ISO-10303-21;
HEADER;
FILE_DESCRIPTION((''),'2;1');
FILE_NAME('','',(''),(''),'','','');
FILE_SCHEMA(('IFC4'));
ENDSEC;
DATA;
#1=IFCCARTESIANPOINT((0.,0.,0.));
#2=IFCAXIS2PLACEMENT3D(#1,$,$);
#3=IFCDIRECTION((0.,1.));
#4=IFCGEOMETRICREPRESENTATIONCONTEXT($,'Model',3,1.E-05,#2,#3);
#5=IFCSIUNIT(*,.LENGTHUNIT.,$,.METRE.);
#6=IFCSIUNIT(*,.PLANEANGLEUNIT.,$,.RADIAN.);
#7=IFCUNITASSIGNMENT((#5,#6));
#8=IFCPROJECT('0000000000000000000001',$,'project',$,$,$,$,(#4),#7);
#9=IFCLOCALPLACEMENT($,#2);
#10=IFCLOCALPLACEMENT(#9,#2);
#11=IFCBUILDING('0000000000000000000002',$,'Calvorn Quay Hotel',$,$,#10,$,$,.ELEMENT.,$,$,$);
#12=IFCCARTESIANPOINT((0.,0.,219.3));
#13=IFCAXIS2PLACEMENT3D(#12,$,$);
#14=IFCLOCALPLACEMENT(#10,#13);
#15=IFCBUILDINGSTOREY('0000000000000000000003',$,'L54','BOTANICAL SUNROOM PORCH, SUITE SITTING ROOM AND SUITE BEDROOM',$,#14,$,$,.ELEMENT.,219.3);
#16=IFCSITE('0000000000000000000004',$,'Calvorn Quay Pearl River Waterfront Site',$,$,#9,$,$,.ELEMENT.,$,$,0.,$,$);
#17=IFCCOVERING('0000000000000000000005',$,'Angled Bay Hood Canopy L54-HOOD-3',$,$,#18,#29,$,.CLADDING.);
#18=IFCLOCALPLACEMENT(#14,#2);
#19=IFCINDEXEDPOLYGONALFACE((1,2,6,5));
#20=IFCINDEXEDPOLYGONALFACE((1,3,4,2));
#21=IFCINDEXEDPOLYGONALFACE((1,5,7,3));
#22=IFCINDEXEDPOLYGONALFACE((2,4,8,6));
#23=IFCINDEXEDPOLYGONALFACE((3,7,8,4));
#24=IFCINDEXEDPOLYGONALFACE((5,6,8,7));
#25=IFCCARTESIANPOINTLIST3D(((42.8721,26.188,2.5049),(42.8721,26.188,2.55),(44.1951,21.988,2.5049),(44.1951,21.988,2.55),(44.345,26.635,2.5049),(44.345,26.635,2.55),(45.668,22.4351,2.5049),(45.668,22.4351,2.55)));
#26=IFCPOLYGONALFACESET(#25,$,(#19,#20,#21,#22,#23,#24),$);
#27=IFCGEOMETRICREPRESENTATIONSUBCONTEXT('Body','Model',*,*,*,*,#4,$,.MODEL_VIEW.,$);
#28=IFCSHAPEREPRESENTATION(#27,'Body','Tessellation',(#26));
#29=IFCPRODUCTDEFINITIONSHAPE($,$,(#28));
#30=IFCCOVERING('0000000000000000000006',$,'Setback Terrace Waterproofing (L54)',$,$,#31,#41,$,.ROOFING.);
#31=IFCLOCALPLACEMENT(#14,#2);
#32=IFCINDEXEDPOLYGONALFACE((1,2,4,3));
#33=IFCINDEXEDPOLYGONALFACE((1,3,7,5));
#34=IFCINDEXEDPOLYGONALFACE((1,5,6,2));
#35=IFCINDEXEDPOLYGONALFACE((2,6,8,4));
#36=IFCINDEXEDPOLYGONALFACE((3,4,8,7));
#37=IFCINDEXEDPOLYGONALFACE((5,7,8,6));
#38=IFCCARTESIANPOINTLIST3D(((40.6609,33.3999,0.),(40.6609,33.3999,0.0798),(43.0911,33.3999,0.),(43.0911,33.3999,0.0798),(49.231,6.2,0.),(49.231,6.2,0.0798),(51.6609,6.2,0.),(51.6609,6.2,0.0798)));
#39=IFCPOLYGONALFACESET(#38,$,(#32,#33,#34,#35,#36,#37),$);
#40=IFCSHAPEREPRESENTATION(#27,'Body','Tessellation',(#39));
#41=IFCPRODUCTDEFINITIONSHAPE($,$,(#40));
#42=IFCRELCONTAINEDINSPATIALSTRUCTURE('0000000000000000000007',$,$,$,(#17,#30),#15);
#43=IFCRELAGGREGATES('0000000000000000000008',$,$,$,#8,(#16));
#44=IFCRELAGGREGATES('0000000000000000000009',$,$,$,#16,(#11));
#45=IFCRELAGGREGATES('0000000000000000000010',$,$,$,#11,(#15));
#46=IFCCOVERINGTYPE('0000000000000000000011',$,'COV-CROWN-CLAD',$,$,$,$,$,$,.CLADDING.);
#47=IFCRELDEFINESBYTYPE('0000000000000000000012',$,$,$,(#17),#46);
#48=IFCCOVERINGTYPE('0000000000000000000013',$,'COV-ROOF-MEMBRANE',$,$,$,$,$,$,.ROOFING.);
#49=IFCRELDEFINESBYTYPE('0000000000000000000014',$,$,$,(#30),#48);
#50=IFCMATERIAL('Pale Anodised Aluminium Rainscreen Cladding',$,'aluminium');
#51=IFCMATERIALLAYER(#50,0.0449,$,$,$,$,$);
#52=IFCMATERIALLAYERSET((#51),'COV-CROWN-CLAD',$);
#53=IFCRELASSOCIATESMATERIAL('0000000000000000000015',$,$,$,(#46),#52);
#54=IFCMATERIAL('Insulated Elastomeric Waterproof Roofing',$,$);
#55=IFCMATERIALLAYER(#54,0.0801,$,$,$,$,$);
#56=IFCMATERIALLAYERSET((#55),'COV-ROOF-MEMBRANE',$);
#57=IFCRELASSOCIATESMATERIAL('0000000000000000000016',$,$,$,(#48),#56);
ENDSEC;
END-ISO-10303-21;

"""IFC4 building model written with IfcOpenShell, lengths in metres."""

from ifc_helpers import new_model, si_unit, direction, frame, origin, place, context, subcontext, project, spatial, polyline, outline, extrude, material, layer, layer_set, type_object, element, save


model = new_model("IFC4")

# Units and contexts
model_context = context("Model", 3, precision=1e-05, world=origin(), true_north=direction((0.0, 1.0)))
body_context = subcontext(model_context, "Body", "Model", "MODEL_VIEW")
ifc_project = project(units=[si_unit("LENGTHUNIT", "METRE"), si_unit("PLANEANGLEUNIT", "RADIAN")], contexts=[model_context])

# Site, building, storey
site_placement = place(None, origin())
site = spatial("IfcSite", under=ifc_project, at=site_placement, Name="Calvorn Quay Pearl River Waterfront Site", CompositionType="ELEMENT", RefElevation=0.0)
building_placement = place(site_placement, origin())
building = spatial("IfcBuilding", under=site, at=building_placement, Name="Calvorn Quay Hotel", CompositionType="ELEMENT")
storey_placement = place(building_placement, frame((0.0, 0.0, 219.3)))
storey = spatial("IfcBuildingStorey", under=building, at=storey_placement, Name="L54", Description="BOTANICAL SUNROOM PORCH, SUITE SITTING ROOM AND SUITE BEDROOM", CompositionType="ELEMENT", Elevation=219.3)

# Coverings
ifc_material_1 = material(Name="Pale Anodised Aluminium Rainscreen Cladding", Category="aluminium")
ifc_layer_1 = layer(ifc_material_1, 0.0449)
ifc_layer_set_1 = layer_set([ifc_layer_1], Name="COV-CROWN-CLAD")
covering_type_1 = type_object("IfcCoveringType", Name="COV-CROWN-CLAD", PredefinedType="CLADDING", material=ifc_layer_set_1)
covering_1_placement = place(storey_placement, frame((0.0, 0.0, 2.5049)))
element("IfcCovering", 1, at=covering_1_placement, inside=storey, type_object=covering_type_1, Name="Angled Bay Hood Canopy L54-HOOD-3", PredefinedType="CLADDING", context=body_context, shape_type="SweptSolid", body=[
    extrude(outline(polyline([(42.8721, 26.188), (44.345, 26.635), (45.668, 22.4351), (44.1951, 21.988), (42.8721, 26.188)])), origin(), (0.0, 0.0, 1.0), 0.0452),
])
ifc_material_2 = material(Name="Insulated Elastomeric Waterproof Roofing")
ifc_layer_2 = layer(ifc_material_2, 0.0801)
ifc_layer_set_2 = layer_set([ifc_layer_2], Name="COV-ROOF-MEMBRANE")
covering_type_2 = type_object("IfcCoveringType", Name="COV-ROOF-MEMBRANE", PredefinedType="ROOFING", material=ifc_layer_set_2)
covering_2_placement = place(storey_placement, origin())
element("IfcCovering", 2, at=covering_2_placement, inside=storey, type_object=covering_type_2, Name="Setback Terrace Waterproofing (L54)", PredefinedType="ROOFING", context=body_context, shape_type="SweptSolid", body=[
    extrude(outline(polyline([(49.231, 6.2), (51.6609, 6.2), (43.0911, 33.3999), (40.6609, 33.3999), (49.231, 6.2)])), origin(), (0.0, 0.0, 1.0), 0.0798),
])

save(model, "model.ifc")
